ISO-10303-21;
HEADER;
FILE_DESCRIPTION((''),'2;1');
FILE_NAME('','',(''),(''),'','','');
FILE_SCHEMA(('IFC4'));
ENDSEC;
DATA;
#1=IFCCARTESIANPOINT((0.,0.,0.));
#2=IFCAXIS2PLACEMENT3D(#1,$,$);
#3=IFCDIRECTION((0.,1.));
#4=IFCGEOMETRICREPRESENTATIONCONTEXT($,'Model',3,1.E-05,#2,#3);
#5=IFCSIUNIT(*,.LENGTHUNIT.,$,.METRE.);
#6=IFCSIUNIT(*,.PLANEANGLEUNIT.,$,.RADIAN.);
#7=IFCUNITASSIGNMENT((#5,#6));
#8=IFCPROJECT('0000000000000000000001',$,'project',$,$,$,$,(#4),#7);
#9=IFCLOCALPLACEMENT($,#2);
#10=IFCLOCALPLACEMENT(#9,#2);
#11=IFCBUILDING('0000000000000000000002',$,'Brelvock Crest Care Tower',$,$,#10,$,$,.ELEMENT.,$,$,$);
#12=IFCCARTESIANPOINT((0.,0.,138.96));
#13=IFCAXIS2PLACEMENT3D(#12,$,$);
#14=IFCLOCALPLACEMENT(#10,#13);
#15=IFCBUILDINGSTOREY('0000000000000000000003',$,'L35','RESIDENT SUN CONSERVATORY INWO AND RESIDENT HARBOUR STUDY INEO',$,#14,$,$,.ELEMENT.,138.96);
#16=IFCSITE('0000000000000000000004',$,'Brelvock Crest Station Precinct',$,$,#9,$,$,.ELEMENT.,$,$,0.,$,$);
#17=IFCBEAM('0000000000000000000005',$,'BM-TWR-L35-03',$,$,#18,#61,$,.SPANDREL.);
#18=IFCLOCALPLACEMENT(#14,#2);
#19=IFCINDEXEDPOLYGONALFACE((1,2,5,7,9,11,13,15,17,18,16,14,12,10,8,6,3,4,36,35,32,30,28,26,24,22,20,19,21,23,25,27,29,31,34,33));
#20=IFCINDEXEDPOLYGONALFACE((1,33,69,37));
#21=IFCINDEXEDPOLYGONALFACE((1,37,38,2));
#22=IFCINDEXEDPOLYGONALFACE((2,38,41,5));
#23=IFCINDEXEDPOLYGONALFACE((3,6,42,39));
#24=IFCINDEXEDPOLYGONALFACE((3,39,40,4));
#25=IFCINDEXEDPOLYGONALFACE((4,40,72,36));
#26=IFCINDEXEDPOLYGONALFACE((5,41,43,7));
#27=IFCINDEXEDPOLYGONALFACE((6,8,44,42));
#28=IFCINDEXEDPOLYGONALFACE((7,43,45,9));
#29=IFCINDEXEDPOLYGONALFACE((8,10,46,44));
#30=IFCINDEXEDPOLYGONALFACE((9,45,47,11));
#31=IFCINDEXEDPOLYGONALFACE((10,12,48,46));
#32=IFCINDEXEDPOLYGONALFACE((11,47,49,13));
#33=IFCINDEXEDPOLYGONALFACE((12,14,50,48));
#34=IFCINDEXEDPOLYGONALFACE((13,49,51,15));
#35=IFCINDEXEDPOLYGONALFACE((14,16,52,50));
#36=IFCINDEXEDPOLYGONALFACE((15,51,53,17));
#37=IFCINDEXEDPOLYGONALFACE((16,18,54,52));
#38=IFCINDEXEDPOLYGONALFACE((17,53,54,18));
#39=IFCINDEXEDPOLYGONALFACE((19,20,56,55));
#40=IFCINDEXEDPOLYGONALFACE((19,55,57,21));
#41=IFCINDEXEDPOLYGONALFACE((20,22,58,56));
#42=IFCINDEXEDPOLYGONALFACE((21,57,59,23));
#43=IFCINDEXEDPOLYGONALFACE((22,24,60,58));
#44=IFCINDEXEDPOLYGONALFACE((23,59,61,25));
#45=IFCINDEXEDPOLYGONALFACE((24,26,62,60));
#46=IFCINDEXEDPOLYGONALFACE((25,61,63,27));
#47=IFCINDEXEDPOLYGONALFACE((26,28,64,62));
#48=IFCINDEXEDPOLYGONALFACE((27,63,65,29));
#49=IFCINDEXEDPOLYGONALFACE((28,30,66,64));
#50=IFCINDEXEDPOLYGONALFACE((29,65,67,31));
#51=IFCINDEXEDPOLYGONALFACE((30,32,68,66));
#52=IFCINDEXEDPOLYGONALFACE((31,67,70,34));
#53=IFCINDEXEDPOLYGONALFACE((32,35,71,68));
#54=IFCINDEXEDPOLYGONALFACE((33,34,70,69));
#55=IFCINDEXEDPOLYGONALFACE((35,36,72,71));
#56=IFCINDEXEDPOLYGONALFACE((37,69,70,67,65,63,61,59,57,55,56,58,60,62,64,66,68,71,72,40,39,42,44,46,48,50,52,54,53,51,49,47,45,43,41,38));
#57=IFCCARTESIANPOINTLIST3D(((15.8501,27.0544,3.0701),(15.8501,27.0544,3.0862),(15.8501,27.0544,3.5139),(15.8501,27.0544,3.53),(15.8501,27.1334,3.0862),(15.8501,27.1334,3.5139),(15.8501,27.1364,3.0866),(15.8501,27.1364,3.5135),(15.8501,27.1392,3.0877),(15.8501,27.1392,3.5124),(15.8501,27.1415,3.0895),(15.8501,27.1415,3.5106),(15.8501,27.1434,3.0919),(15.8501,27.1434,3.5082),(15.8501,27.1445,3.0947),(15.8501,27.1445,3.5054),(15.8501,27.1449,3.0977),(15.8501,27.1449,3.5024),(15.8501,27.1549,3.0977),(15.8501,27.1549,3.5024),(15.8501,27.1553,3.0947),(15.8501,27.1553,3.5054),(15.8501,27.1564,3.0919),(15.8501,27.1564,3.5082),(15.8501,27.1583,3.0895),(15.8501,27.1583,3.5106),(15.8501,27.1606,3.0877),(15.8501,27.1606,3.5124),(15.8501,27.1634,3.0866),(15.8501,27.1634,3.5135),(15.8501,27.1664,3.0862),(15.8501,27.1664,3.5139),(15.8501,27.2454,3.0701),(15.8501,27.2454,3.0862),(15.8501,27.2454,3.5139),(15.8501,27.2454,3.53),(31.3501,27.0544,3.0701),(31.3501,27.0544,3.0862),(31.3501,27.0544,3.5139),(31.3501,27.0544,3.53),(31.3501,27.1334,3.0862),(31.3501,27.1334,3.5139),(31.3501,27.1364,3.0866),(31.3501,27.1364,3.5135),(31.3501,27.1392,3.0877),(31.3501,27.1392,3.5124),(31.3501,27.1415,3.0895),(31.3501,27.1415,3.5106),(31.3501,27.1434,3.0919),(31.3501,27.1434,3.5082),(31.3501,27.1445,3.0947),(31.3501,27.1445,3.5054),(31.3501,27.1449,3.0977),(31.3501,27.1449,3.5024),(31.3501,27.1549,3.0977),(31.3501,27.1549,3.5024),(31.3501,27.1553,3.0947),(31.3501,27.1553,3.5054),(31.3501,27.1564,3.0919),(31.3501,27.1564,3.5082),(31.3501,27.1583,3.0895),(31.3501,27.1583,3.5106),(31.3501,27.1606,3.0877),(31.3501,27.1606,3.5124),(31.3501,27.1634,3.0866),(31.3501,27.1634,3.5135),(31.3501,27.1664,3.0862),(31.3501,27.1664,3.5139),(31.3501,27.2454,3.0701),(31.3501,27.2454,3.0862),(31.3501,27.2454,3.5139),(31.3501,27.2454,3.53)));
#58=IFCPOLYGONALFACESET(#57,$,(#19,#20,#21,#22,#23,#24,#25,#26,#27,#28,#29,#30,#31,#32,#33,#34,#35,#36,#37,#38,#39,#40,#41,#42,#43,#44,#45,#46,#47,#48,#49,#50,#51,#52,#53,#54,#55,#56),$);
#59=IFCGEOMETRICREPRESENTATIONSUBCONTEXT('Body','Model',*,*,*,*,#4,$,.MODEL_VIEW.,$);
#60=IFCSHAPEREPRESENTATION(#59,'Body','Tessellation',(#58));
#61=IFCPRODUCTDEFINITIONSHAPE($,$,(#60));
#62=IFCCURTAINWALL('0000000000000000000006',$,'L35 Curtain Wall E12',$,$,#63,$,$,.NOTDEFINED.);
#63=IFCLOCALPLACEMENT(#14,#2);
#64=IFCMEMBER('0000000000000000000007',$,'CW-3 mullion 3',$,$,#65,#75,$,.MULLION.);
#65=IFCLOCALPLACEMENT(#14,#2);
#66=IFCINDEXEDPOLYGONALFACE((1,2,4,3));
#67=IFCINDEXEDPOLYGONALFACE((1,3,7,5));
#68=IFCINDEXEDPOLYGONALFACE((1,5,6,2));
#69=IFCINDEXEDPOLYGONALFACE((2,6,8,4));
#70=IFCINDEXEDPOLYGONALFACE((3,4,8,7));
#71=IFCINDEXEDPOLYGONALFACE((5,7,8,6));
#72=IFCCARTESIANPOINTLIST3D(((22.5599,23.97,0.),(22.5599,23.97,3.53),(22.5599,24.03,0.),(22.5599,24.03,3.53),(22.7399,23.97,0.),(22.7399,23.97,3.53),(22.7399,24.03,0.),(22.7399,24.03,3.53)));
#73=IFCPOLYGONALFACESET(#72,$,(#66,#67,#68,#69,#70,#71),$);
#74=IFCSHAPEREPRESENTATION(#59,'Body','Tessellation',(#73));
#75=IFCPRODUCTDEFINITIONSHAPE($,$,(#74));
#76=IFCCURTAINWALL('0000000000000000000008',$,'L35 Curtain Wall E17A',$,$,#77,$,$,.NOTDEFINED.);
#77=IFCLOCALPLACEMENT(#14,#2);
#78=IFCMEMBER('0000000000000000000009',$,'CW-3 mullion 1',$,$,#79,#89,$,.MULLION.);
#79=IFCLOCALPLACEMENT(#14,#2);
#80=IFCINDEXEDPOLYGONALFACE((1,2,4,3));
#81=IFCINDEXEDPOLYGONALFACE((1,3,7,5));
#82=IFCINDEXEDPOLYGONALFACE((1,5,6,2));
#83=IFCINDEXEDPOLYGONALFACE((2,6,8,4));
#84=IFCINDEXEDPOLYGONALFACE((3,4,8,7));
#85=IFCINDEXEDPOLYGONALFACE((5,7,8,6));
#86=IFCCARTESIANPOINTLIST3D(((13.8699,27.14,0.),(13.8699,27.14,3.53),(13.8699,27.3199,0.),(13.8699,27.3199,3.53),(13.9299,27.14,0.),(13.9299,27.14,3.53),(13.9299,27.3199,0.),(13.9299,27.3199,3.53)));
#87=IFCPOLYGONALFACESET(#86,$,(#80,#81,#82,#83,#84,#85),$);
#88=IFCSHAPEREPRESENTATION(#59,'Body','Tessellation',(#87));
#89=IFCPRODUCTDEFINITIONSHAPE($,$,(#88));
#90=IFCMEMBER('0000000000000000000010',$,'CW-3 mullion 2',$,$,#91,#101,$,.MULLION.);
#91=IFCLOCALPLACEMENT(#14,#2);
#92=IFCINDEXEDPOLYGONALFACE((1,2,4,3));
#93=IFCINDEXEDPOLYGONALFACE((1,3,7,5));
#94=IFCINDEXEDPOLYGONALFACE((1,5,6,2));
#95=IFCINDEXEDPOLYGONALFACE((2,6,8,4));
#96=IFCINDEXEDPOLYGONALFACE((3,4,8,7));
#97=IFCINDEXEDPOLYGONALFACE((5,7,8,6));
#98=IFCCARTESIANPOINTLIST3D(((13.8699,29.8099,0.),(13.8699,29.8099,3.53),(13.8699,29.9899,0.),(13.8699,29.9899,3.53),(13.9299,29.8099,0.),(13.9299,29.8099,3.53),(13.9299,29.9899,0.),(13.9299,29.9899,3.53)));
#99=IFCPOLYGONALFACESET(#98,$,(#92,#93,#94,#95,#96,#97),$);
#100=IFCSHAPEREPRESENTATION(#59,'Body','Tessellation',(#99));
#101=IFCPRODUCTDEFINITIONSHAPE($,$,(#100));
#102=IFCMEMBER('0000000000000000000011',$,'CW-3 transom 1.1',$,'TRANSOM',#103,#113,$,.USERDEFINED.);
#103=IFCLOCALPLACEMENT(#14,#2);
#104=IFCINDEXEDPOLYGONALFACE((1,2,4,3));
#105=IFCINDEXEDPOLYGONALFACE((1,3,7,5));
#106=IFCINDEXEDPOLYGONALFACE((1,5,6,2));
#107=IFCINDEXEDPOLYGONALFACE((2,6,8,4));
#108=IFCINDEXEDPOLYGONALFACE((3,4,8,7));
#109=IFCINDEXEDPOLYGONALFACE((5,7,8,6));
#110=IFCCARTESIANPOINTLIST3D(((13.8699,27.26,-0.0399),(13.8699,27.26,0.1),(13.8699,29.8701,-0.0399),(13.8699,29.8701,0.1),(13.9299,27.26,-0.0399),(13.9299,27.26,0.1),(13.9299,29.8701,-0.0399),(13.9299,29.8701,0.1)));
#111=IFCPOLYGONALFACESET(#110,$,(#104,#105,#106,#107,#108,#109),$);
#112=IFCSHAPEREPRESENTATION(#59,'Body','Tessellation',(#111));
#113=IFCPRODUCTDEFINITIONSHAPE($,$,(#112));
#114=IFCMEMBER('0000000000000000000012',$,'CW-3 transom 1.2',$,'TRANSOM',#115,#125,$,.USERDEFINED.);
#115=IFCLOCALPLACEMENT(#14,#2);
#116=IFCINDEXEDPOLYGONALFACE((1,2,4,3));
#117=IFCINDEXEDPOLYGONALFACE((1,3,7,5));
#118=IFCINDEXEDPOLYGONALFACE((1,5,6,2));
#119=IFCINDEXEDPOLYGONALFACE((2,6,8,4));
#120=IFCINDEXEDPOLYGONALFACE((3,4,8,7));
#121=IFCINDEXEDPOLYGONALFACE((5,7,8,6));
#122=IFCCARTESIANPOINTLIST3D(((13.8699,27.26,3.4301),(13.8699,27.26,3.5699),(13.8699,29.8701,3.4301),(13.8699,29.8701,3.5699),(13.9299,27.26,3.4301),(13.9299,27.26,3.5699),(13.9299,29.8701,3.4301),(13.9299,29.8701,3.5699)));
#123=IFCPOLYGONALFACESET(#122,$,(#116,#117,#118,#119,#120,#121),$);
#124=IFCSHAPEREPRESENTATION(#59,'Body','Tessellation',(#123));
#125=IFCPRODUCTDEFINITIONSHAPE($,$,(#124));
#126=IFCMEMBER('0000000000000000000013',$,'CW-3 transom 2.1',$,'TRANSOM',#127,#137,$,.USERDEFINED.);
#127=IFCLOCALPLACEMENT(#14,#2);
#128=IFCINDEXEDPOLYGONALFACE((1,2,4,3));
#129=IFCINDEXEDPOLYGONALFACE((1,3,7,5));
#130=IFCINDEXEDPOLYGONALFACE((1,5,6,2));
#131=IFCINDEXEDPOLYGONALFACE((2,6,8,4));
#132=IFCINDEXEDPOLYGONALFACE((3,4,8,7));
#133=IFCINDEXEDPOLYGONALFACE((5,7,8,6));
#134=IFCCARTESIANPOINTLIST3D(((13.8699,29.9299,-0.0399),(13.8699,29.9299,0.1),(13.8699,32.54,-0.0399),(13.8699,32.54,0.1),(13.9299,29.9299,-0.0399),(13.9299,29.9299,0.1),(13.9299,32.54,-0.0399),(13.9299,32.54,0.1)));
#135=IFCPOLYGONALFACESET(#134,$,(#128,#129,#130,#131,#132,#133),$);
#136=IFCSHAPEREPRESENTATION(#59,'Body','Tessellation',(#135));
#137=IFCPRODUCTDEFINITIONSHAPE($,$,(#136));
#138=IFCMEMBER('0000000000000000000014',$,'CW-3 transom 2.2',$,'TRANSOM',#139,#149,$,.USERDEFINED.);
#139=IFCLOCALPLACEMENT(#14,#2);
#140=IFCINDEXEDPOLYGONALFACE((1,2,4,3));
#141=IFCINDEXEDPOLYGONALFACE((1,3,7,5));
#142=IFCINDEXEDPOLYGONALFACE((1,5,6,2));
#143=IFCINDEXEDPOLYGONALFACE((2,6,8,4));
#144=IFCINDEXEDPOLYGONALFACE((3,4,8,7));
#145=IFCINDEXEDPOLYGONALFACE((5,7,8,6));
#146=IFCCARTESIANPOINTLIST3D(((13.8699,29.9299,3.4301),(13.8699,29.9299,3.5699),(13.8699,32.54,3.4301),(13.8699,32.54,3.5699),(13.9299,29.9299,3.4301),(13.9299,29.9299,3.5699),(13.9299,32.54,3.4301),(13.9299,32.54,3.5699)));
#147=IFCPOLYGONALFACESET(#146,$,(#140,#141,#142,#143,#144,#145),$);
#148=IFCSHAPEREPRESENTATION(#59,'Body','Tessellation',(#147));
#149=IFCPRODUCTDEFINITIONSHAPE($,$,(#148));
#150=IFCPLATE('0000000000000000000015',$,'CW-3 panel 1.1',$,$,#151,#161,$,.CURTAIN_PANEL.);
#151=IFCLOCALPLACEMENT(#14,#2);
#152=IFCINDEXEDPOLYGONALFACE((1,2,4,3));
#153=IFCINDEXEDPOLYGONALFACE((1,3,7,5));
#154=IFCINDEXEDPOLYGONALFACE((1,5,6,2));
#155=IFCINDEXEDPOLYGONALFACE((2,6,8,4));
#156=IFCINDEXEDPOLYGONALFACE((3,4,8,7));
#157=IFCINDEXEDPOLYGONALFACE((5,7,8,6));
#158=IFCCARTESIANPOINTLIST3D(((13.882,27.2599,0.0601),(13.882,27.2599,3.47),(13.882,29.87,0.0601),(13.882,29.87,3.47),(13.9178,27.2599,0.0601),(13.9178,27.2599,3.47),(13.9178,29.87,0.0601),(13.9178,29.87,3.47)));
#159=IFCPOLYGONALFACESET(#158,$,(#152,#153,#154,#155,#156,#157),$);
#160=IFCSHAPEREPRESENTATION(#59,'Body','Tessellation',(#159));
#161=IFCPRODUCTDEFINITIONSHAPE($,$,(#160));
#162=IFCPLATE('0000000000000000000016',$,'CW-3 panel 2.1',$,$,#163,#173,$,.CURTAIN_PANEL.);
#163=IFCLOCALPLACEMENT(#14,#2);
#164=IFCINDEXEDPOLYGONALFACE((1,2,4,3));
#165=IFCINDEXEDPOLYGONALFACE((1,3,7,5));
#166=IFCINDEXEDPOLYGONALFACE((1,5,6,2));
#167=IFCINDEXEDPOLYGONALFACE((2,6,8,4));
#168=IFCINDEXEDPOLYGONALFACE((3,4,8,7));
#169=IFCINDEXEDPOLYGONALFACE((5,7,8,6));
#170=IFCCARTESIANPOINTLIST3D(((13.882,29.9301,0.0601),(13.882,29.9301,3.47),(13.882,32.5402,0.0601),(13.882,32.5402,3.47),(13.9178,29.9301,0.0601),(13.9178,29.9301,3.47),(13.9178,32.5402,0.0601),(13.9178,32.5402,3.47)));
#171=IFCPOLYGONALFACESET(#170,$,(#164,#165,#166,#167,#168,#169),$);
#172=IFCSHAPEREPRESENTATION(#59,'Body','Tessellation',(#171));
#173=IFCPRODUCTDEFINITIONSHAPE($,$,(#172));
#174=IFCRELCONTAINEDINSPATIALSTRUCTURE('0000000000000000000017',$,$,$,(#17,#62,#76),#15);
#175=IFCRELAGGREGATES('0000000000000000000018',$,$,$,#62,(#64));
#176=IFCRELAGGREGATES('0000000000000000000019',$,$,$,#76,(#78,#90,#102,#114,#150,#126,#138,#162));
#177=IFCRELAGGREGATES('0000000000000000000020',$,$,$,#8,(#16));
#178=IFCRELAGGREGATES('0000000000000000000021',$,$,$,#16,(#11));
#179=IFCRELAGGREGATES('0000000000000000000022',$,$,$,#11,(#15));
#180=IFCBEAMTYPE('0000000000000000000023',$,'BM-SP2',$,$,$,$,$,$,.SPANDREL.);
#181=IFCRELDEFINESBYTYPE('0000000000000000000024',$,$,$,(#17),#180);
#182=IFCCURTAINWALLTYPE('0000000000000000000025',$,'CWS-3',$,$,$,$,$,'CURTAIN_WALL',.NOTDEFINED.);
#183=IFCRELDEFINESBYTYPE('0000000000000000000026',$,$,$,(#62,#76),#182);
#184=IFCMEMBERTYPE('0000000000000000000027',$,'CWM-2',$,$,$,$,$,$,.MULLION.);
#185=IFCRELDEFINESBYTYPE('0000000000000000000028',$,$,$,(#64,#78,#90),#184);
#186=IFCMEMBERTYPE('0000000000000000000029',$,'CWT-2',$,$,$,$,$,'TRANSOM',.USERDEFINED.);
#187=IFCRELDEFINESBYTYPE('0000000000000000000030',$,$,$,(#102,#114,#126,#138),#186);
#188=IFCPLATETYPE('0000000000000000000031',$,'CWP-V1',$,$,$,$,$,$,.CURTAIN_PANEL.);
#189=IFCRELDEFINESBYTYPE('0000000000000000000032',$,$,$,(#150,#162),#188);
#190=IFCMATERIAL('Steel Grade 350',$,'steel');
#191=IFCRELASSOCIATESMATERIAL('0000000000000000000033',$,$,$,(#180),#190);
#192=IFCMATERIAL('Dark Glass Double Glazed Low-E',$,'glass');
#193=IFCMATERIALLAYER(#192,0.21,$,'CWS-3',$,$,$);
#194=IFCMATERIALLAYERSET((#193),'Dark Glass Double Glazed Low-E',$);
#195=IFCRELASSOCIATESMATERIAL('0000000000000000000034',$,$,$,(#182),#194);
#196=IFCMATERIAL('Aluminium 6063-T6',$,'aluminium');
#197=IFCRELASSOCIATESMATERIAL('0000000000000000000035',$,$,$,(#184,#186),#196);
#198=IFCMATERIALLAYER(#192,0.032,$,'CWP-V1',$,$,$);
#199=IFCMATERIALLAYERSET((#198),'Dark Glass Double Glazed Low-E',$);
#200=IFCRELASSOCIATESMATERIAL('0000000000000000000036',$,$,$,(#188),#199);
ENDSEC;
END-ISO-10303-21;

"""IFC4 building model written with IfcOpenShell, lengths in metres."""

from ifc_helpers import new_model, si_unit, direction, frame, origin, origin_2d, place, context, subcontext, project, spatial, rectangle, i_section, extrude, source, transform, mapped, material, layer, layer_set, material_profile, profile_set, type_object, element, aggregate, save


model = new_model("IFC4")

# Units and contexts
model_context = context("Model", 3, precision=1e-05, world=origin(), true_north=direction((0.0, 1.0)))
body_context = subcontext(model_context, "Body", "Model", "MODEL_VIEW")
ifc_project = project(units=[si_unit("LENGTHUNIT", "METRE"), si_unit("PLANEANGLEUNIT", "RADIAN")], contexts=[model_context])

# Site, building, storey
site_placement = place(None, origin())
site = spatial("IfcSite", under=ifc_project, at=site_placement, Name="Brelvock Crest Station Precinct", CompositionType="ELEMENT", RefElevation=0.0)
building_placement = place(site_placement, origin())
building = spatial("IfcBuilding", under=site, at=building_placement, Name="Brelvock Crest Care Tower", CompositionType="ELEMENT")
storey_placement = place(building_placement, frame((0.0, 0.0, 138.96)))
storey = spatial("IfcBuildingStorey", under=building, at=storey_placement, Name="L35", Description="RESIDENT SUN CONSERVATORY INWO AND RESIDENT HARBOUR STUDY INEO", CompositionType="ELEMENT", Elevation=138.96)

# Shared definitions
ifc_material_1 = material(Name="Steel Grade 350", Category="steel")

# Beam
ifc_material_profile_1 = material_profile(ifc_material_1, i_section(OverallWidth=0.1909, OverallDepth=0.46, WebThickness=0.01, FlangeThickness=0.0161, FilletRadius=0.0115, at=origin_2d()), Name="460UB82.1")
ifc_profile_set_1 = profile_set([ifc_material_profile_1], Name="Steel Grade 350")
beam_type_1 = type_object("IfcBeamType", Name="BM-SP2", PredefinedType="SPANDREL", material=ifc_profile_set_1)
shared_shape_1 = source(origin(), body_context, "Body", "SweptSolid", [
    extrude(i_section(OverallWidth=0.1909, OverallDepth=0.46, WebThickness=0.01, FlangeThickness=0.0161, FilletRadius=0.0115, at=origin_2d()), origin(), (0.0, 0.0, 1.0), 15.5),
])
beam_1_placement = place(storey_placement, frame((15.8501, 27.1499, 3.3), z_axis=(1.0, 0.0, 0.0), x_axis=(0.0, 1.0, 0.0)))
element("IfcBeam", 1, at=beam_1_placement, inside=storey, type_object=beam_type_1, Name="BM-TWR-L35-03", PredefinedType="SPANDREL", context=body_context, shape_type="MappedRepresentation", body=[
    mapped(shared_shape_1, transform((0.0, 0.0, 0.0), x_axis=(1.0, 0.0, 0.0), y_axis=(0.0, 1.0, 0.0), z_axis=(0.0, 0.0, 1.0), scale=1.0)),
])

# Curtain wall, member
ifc_material_2 = material(Name="Dark Glass Double Glazed Low-E", Category="glass")
ifc_layer_1 = layer(ifc_material_2, 0.21, Name="CWS-3")
ifc_layer_set_1 = layer_set([ifc_layer_1], Name="Dark Glass Double Glazed Low-E")
curtain_wall_type = type_object("IfcCurtainWallType", Name="CWS-3", ElementType="CURTAIN_WALL", PredefinedType="NOTDEFINED", material=ifc_layer_set_1)
curtain_wall_1_placement = place(storey_placement, origin())
curtain_wall_1 = element("IfcCurtainWall", 2, at=curtain_wall_1_placement, inside=storey, type_object=curtain_wall_type, Name="L35 Curtain Wall E12", PredefinedType="NOTDEFINED")
ifc_material_3 = material(Name="Aluminium 6063-T6", Category="aluminium")
ifc_material_profile_2 = material_profile(ifc_material_3, rectangle(XDim=0.0601, YDim=0.1799, at=origin_2d()), Name="ALU60x180")
ifc_profile_set_2 = profile_set([ifc_material_profile_2], Name="Aluminium 6063-T6")
member_type_1 = type_object("IfcMemberType", Name="CWM-2", PredefinedType="MULLION", material=ifc_profile_set_2)
shared_shape_2 = source(origin(), body_context, "Body", "SweptSolid", [
    extrude(rectangle(XDim=0.0601, YDim=0.1799, at=origin_2d()), origin(), (0.0, 0.0, 1.0), 3.53),
])
member_1_placement = place(storey_placement, frame((22.6499, 24.0, 0.0), z_axis=(0.0, 0.0, 1.0), x_axis=(0.0, -1.0, 0.0)))
member_1 = element("IfcMember", 3, at=member_1_placement, type_object=member_type_1, Name="CW-3 mullion 3", PredefinedType="MULLION", context=body_context, shape_type="MappedRepresentation", body=[
    mapped(shared_shape_2, transform((0.0, 0.0, 0.0), x_axis=(1.0, 0.0, 0.0), y_axis=(0.0, 1.0, 0.0), z_axis=(0.0, 0.0, 1.0), scale=1.0)),
])
aggregate(curtain_wall_1, [member_1])

# Curtain wall, members, plates
curtain_wall_2_placement = place(storey_placement, origin())
curtain_wall_2 = element("IfcCurtainWall", 4, at=curtain_wall_2_placement, inside=storey, type_object=curtain_wall_type, Name="L35 Curtain Wall E17A", PredefinedType="NOTDEFINED")
member_2_placement = place(storey_placement, frame((13.8999, 27.23, 0.0), z_axis=(0.0, 0.0, 1.0), x_axis=(-1.0, 0.0, 0.0)))
member_2 = element("IfcMember", 5, at=member_2_placement, type_object=member_type_1, Name="CW-3 mullion 1", PredefinedType="MULLION", context=body_context, shape_type="MappedRepresentation", body=[
    mapped(shared_shape_2, transform((0.0, 0.0, 0.0), x_axis=(1.0, 0.0, 0.0), y_axis=(0.0, 1.0, 0.0), z_axis=(0.0, 0.0, 1.0), scale=1.0)),
])
member_3_placement = place(storey_placement, frame((13.8999, 29.8999, 0.0), z_axis=(0.0, 0.0, 1.0), x_axis=(-1.0, 0.0, 0.0)))
member_3 = element("IfcMember", 6, at=member_3_placement, type_object=member_type_1, Name="CW-3 mullion 2", PredefinedType="MULLION", context=body_context, shape_type="MappedRepresentation", body=[
    mapped(shared_shape_2, transform((0.0, 0.0, 0.0), x_axis=(1.0, 0.0, 0.0), y_axis=(0.0, 1.0, 0.0), z_axis=(0.0, 0.0, 1.0), scale=1.0)),
])
ifc_material_profile_3 = material_profile(ifc_material_3, rectangle(XDim=0.0601, YDim=0.1399, at=origin_2d()), Name="ALU60x140")
ifc_profile_set_3 = profile_set([ifc_material_profile_3], Name="Aluminium 6063-T6")
member_type_2 = type_object("IfcMemberType", Name="CWT-2", ElementType="TRANSOM", PredefinedType="USERDEFINED", material=ifc_profile_set_3)
shared_shape_3 = source(origin(), body_context, "Body", "SweptSolid", [
    extrude(rectangle(XDim=0.0601, YDim=0.1399, at=origin_2d()), origin(), (0.0, 0.0, 1.0), 2.6101),
])
member_4_placement = place(storey_placement, frame((13.8999, 27.26, 0.03), z_axis=(0.0, 1.0, 0.0), x_axis=(-1.0, 0.0, 0.0)))
member_4 = element("IfcMember", 7, at=member_4_placement, type_object=member_type_2, Name="CW-3 transom 1.1", ObjectType="TRANSOM", PredefinedType="USERDEFINED", context=body_context, shape_type="MappedRepresentation", body=[
    mapped(shared_shape_3, transform((0.0, 0.0, 0.0), x_axis=(1.0, 0.0, 0.0), y_axis=(0.0, 1.0, 0.0), z_axis=(0.0, 0.0, 1.0), scale=1.0)),
])
member_5_placement = place(storey_placement, frame((13.8999, 27.26, 3.5), z_axis=(0.0, 1.0, 0.0), x_axis=(-1.0, 0.0, 0.0)))
member_5 = element("IfcMember", 8, at=member_5_placement, type_object=member_type_2, Name="CW-3 transom 1.2", ObjectType="TRANSOM", PredefinedType="USERDEFINED", context=body_context, shape_type="MappedRepresentation", body=[
    mapped(shared_shape_3, transform((0.0, 0.0, 0.0), x_axis=(1.0, 0.0, 0.0), y_axis=(0.0, 1.0, 0.0), z_axis=(0.0, 0.0, 1.0), scale=1.0)),
])
member_6_placement = place(storey_placement, frame((13.8999, 29.9299, 0.03), z_axis=(0.0, 1.0, 0.0), x_axis=(-1.0, 0.0, 0.0)))
member_6 = element("IfcMember", 9, at=member_6_placement, type_object=member_type_2, Name="CW-3 transom 2.1", ObjectType="TRANSOM", PredefinedType="USERDEFINED", context=body_context, shape_type="MappedRepresentation", body=[
    mapped(shared_shape_3, transform((0.0, 0.0, 0.0), x_axis=(1.0, 0.0, 0.0), y_axis=(0.0, 1.0, 0.0), z_axis=(0.0, 0.0, 1.0), scale=1.0)),
])
member_7_placement = place(storey_placement, frame((13.8999, 29.9299, 3.5), z_axis=(0.0, 1.0, 0.0), x_axis=(-1.0, 0.0, 0.0)))
member_7 = element("IfcMember", 10, at=member_7_placement, type_object=member_type_2, Name="CW-3 transom 2.2", ObjectType="TRANSOM", PredefinedType="USERDEFINED", context=body_context, shape_type="MappedRepresentation", body=[
    mapped(shared_shape_3, transform((0.0, 0.0, 0.0), x_axis=(1.0, 0.0, 0.0), y_axis=(0.0, 1.0, 0.0), z_axis=(0.0, 0.0, 1.0), scale=1.0)),
])
ifc_layer_2 = layer(ifc_material_2, 0.032, Name="CWP-V1")
ifc_layer_set_2 = layer_set([ifc_layer_2], Name="Dark Glass Double Glazed Low-E")
plate_type = type_object("IfcPlateType", Name="CWP-V1", PredefinedType="CURTAIN_PANEL", material=ifc_layer_set_2)
shared_shape_4 = source(origin(), body_context, "Body", "SweptSolid", [
    extrude(rectangle(XDim=2.6101, YDim=0.0359, at=origin_2d()), origin(), (0.0, 0.0, 1.0), 3.4099),
])
plate_1_placement = place(storey_placement, frame((13.8999, 28.5649, 0.0601), z_axis=(0.0, 0.0, 1.0), x_axis=(0.0, 1.0, 0.0)))
plate_1 = element("IfcPlate", 11, at=plate_1_placement, type_object=plate_type, Name="CW-3 panel 1.1", PredefinedType="CURTAIN_PANEL", context=body_context, shape_type="MappedRepresentation", body=[
    mapped(shared_shape_4, transform((0.0, 0.0, 0.0), x_axis=(1.0, 0.0, 0.0), y_axis=(0.0, 1.0, 0.0), z_axis=(0.0, 0.0, 1.0), scale=1.0)),
])
plate_2_placement = place(storey_placement, frame((13.8999, 31.2351, 0.0601), z_axis=(0.0, 0.0, 1.0), x_axis=(0.0, 1.0, 0.0)))
plate_2 = element("IfcPlate", 12, at=plate_2_placement, type_object=plate_type, Name="CW-3 panel 2.1", PredefinedType="CURTAIN_PANEL", context=body_context, shape_type="MappedRepresentation", body=[
    mapped(shared_shape_4, transform((0.0, 0.0, 0.0), x_axis=(1.0, 0.0, 0.0), y_axis=(0.0, 1.0, 0.0), z_axis=(0.0, 0.0, 1.0), scale=1.0)),
])
aggregate(curtain_wall_2, [member_2, member_3, member_4, member_5, plate_1, member_6, member_7, plate_2])

save(model, "model.ifc")
